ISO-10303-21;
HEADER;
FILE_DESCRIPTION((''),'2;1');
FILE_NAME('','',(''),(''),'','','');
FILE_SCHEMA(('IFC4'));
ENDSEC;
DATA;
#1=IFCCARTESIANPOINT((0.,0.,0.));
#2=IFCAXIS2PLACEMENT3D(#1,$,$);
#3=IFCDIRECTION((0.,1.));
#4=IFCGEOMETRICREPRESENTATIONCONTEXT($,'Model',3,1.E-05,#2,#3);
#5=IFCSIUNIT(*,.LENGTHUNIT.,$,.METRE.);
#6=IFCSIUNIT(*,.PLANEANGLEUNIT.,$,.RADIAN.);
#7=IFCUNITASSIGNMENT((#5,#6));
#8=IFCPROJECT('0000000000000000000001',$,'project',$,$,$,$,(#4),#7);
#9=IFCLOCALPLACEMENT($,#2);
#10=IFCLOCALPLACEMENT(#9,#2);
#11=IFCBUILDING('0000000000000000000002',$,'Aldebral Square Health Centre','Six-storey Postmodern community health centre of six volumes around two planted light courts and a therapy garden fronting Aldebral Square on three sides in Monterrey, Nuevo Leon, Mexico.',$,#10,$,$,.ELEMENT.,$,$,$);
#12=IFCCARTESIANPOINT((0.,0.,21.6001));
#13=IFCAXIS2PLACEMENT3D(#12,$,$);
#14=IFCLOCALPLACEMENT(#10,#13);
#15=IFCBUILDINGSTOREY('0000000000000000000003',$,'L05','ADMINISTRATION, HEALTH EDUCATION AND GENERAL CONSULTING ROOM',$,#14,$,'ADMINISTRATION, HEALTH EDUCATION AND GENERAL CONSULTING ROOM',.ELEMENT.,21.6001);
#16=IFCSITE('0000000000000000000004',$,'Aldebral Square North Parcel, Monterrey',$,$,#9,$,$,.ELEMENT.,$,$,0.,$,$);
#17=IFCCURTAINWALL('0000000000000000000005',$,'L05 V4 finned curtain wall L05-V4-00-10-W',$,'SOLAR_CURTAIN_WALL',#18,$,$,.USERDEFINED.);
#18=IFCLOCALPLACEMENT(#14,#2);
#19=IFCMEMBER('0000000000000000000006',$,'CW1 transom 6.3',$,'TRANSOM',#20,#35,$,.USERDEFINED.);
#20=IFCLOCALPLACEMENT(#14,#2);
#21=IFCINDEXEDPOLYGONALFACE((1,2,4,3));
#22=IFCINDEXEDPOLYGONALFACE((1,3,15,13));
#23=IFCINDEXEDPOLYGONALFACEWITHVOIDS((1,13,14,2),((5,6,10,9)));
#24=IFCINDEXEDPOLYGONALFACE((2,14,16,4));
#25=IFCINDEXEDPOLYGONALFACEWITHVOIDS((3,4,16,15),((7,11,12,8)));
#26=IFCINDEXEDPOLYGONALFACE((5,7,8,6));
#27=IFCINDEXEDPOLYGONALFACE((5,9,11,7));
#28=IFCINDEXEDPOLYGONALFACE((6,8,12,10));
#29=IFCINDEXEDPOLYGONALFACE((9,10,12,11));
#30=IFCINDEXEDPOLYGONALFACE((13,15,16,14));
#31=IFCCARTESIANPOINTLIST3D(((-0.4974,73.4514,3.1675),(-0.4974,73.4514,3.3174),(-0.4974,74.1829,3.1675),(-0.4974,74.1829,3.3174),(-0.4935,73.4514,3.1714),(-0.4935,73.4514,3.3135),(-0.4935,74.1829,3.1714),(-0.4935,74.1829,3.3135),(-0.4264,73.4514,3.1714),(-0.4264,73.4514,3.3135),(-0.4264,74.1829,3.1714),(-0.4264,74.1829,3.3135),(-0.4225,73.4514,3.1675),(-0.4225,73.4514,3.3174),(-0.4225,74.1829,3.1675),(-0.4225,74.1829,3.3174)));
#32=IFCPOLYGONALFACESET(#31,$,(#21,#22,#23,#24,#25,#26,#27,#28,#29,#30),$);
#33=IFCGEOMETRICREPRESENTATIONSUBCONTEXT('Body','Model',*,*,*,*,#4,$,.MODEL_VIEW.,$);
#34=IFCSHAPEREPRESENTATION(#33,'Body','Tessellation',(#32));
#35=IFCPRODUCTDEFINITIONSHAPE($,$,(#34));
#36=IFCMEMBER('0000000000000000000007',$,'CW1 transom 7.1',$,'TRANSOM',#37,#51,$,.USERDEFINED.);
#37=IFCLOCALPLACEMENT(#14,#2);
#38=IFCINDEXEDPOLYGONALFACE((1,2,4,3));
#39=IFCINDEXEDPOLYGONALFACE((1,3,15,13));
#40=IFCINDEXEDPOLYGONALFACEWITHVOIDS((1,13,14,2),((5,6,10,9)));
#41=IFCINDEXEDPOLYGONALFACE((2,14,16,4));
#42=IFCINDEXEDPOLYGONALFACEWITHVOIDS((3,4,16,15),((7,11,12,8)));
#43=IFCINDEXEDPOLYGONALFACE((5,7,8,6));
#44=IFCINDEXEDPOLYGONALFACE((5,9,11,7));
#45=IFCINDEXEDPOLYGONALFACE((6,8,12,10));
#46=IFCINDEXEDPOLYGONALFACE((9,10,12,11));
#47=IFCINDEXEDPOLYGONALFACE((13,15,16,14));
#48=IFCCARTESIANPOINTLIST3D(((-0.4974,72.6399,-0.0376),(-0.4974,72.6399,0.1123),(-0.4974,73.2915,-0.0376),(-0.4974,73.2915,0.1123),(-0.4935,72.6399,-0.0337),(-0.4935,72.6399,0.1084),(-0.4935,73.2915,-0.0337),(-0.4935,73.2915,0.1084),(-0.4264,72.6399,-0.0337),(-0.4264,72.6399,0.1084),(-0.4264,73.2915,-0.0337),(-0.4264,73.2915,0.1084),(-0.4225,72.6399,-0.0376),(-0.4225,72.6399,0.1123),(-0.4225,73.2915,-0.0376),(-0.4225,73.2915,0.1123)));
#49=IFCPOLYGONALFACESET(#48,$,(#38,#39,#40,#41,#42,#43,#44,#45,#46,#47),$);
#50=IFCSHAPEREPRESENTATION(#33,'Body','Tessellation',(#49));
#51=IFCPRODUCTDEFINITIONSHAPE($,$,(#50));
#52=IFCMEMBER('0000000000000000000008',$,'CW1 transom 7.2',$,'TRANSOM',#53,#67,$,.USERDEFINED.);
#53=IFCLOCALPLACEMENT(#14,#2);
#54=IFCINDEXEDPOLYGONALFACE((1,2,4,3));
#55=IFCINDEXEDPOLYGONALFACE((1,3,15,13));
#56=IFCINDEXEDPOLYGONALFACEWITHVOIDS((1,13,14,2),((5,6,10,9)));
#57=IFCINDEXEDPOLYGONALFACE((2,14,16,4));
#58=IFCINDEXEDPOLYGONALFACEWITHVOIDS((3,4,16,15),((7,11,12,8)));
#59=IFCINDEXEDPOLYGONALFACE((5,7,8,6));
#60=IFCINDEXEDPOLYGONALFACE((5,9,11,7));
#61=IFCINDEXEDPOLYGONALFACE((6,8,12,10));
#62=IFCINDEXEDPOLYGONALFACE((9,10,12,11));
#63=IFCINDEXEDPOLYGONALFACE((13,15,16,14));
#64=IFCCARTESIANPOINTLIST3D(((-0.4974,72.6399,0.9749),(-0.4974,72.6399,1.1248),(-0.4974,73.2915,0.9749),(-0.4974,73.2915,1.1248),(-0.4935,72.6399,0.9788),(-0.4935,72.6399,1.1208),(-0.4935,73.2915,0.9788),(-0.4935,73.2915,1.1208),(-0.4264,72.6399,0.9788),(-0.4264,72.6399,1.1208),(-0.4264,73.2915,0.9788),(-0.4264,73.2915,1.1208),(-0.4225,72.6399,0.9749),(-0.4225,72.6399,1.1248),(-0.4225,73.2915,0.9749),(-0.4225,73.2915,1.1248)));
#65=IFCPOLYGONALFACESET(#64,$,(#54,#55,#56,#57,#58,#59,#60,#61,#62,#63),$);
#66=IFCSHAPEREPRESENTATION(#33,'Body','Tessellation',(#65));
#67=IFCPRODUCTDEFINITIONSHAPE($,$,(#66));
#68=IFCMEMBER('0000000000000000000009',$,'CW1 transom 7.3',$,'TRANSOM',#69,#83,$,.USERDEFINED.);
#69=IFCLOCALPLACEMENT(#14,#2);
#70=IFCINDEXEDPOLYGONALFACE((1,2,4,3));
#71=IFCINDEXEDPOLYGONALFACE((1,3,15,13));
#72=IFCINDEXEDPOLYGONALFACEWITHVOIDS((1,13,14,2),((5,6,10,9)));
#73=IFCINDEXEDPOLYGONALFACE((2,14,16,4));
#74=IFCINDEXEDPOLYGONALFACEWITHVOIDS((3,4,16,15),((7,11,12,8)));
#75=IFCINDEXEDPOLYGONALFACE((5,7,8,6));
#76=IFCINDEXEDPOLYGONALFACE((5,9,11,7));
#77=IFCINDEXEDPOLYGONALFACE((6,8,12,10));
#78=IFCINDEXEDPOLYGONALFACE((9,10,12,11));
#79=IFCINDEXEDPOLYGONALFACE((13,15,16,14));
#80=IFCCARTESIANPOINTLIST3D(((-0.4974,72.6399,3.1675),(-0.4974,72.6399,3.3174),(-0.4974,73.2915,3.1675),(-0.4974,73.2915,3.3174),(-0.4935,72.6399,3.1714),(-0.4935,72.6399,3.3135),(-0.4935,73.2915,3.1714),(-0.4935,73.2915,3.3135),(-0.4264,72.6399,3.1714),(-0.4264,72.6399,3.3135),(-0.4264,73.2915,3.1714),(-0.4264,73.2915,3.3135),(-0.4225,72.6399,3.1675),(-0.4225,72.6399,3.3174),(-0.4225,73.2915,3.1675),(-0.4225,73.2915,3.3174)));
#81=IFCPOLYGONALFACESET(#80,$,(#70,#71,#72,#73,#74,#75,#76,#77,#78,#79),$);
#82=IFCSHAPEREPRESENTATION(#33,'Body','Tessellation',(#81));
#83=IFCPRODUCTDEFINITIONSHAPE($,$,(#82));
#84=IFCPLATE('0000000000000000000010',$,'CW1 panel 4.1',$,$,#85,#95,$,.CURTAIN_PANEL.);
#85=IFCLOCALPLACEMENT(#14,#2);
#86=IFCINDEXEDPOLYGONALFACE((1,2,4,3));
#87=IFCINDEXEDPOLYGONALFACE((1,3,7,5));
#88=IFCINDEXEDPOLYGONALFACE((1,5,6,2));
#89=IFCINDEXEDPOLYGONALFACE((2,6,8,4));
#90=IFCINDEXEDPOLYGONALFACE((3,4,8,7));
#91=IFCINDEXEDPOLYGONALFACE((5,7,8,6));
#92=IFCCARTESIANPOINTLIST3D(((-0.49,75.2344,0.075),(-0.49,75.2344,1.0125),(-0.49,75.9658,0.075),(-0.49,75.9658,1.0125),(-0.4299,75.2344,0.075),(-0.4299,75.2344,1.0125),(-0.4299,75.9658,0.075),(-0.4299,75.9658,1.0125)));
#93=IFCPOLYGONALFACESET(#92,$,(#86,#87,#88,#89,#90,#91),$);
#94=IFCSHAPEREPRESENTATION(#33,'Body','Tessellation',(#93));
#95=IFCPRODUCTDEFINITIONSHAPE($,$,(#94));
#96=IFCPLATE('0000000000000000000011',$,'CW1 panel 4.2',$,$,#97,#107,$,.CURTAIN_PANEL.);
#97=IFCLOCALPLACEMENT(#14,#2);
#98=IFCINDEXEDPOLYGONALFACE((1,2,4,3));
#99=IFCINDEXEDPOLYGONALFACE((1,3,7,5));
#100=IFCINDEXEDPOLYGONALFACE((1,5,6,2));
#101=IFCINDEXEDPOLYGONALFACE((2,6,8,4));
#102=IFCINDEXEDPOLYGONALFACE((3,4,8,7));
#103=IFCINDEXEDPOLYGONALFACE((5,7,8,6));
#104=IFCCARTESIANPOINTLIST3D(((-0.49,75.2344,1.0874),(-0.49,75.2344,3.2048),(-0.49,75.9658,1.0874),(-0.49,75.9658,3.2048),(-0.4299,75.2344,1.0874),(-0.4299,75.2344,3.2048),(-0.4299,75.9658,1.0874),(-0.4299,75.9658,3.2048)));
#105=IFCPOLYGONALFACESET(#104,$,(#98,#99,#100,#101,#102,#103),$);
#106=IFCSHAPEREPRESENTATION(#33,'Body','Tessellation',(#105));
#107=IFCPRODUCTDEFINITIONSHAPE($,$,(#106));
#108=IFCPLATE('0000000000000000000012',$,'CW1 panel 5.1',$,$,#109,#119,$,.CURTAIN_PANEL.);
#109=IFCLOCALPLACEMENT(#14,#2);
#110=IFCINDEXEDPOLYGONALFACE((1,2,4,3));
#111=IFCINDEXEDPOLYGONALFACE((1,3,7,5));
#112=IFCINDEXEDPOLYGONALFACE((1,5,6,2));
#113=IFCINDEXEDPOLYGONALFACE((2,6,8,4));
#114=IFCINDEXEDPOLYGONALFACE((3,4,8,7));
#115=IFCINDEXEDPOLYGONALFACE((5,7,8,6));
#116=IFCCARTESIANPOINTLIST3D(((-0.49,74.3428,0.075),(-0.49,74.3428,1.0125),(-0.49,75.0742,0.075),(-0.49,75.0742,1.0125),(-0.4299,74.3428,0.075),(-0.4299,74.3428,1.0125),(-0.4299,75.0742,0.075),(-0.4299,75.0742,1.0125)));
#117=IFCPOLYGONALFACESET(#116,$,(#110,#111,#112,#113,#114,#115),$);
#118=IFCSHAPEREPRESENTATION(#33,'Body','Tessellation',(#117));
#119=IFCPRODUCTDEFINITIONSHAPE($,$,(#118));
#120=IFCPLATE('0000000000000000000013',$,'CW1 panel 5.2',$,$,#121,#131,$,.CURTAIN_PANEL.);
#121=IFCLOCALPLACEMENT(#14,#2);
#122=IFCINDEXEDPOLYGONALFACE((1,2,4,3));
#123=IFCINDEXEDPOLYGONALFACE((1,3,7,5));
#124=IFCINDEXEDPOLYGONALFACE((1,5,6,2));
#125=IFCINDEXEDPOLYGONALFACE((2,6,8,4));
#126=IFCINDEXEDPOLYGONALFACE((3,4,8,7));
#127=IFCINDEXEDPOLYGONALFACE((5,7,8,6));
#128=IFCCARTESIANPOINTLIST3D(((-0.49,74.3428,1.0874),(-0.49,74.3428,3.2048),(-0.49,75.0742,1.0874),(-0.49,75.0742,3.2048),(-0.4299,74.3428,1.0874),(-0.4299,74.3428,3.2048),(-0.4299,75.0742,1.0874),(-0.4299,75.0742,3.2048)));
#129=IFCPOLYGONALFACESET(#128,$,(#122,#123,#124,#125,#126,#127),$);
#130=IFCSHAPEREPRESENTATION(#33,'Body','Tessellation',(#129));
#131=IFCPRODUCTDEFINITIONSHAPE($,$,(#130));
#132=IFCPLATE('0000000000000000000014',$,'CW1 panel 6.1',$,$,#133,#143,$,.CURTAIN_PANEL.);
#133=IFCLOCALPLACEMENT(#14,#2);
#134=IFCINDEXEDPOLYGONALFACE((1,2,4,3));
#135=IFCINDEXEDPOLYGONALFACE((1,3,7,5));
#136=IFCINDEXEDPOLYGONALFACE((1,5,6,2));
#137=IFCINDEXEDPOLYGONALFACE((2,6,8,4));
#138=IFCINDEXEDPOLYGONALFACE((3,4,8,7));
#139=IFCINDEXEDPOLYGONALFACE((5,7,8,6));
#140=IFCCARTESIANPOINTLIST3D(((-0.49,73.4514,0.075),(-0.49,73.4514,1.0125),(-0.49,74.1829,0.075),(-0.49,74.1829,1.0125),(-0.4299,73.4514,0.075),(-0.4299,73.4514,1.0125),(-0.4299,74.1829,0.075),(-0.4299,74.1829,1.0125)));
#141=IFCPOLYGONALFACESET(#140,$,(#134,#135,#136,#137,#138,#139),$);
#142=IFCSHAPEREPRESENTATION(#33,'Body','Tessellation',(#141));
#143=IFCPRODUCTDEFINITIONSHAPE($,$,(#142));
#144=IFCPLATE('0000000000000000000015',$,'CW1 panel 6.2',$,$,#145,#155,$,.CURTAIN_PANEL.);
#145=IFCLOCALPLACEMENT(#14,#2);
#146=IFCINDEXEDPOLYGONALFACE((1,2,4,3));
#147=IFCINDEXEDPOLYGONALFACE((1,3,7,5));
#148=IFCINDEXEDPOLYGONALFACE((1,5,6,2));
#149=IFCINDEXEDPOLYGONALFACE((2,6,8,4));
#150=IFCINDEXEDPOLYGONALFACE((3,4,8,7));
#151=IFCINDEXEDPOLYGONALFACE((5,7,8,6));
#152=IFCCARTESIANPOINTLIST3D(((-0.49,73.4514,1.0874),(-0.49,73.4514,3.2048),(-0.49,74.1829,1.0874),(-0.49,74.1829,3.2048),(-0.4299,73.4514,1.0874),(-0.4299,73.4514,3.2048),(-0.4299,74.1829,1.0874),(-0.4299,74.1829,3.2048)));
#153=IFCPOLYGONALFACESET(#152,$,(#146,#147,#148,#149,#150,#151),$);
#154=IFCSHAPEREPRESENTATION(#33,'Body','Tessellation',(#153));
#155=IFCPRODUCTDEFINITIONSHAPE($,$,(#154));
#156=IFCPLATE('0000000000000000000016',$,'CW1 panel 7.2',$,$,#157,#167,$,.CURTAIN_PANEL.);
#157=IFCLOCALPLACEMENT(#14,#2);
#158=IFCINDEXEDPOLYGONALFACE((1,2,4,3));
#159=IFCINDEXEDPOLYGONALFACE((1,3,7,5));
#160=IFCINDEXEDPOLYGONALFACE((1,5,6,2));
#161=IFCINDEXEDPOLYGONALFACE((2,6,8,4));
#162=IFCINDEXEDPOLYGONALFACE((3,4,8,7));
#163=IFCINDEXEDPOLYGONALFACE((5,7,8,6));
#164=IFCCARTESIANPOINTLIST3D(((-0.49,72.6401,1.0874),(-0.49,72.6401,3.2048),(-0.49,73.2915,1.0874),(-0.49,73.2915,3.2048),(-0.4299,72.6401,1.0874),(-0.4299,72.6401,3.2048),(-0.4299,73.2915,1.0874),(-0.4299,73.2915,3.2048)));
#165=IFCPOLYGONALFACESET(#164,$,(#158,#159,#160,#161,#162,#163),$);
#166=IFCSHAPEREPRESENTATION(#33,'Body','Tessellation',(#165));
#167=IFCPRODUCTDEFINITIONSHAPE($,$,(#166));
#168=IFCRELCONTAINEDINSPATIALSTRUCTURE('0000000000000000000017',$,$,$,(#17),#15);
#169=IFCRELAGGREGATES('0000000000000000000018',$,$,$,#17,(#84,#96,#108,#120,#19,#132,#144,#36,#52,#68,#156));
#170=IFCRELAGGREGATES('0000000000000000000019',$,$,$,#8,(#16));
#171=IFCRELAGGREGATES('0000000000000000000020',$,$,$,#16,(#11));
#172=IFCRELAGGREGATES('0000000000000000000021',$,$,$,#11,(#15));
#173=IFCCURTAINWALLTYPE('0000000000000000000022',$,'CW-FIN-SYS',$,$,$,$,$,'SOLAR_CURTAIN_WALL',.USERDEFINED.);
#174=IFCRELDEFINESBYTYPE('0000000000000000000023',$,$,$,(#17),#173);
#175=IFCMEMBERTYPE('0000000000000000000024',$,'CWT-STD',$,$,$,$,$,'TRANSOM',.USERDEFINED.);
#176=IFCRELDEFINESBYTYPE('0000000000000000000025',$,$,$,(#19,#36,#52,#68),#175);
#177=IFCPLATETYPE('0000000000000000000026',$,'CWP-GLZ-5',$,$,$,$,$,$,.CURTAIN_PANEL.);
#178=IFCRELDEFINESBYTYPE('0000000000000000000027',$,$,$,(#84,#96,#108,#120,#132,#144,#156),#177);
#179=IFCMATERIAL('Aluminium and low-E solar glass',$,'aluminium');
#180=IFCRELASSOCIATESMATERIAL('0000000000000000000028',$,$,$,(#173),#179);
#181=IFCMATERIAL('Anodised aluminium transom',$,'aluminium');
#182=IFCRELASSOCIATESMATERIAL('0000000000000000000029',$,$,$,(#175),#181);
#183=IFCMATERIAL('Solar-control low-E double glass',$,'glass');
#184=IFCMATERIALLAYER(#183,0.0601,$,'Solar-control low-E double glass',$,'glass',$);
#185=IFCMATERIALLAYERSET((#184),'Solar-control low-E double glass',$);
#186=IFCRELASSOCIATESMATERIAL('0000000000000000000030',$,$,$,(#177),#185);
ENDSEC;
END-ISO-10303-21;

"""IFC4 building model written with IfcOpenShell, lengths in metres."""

from ifc_helpers import new_model, si_unit, direction, frame, origin, origin_2d, place, context, subcontext, project, spatial, rectangle, hollow_rectangle, extrude, material, layer, layer_set, material_profile, profile_set, type_object, element, aggregate, save


model = new_model("IFC4")

# Units and contexts
model_context = context("Model", 3, precision=1e-05, world=origin(), true_north=direction((0.0, 1.0)))
body_context = subcontext(model_context, "Body", "Model", "MODEL_VIEW")
ifc_project = project(units=[si_unit("LENGTHUNIT", "METRE"), si_unit("PLANEANGLEUNIT", "RADIAN")], contexts=[model_context])

# Site, building, storey
site_placement = place(None, origin())
site = spatial("IfcSite", under=ifc_project, at=site_placement, Name="Aldebral Square North Parcel, Monterrey", CompositionType="ELEMENT", RefElevation=0.0)
building_placement = place(site_placement, origin())
building = spatial("IfcBuilding", under=site, at=building_placement, Name="Aldebral Square Health Centre", Description="Six-storey Postmodern community health centre of six volumes around two planted light courts and a therapy garden fronting Aldebral Square on three sides in Monterrey, Nuevo Leon, Mexico.", CompositionType="ELEMENT")
storey_placement = place(building_placement, frame((0.0, 0.0, 21.6001)))
storey = spatial("IfcBuildingStorey", under=building, at=storey_placement, Name="L05", Description="ADMINISTRATION, HEALTH EDUCATION AND GENERAL CONSULTING ROOM", LongName="ADMINISTRATION, HEALTH EDUCATION AND GENERAL CONSULTING ROOM", CompositionType="ELEMENT", Elevation=21.6001)

# Curtain wall, members, plates
ifc_material_1 = material(Name="Aluminium and low-E solar glass", Category="aluminium")
curtain_wall_type = type_object("IfcCurtainWallType", Name="CW-FIN-SYS", ElementType="SOLAR_CURTAIN_WALL", PredefinedType="USERDEFINED", material=ifc_material_1)
curtain_wall_placement = place(storey_placement, origin())
curtain_wall = element("IfcCurtainWall", 1, at=curtain_wall_placement, inside=storey, type_object=curtain_wall_type, Name="L05 V4 finned curtain wall L05-V4-00-10-W", ObjectType="SOLAR_CURTAIN_WALL", PredefinedType="USERDEFINED")
ifc_material_2 = material(Name="Anodised aluminium transom", Category="aluminium")
ifc_material_profile_1 = material_profile(ifc_material_2, hollow_rectangle(XDim=0.075, YDim=0.1499, WallThickness=0.0039, at=origin_2d()), Name="CWT 75x150x4")
ifc_profile_set_1 = profile_set([ifc_material_profile_1], Name="Anodised aluminium transom")
member_type_1 = type_object("IfcMemberType", Name="CWT-STD", ElementType="TRANSOM", PredefinedType="USERDEFINED", material=ifc_profile_set_1)
member_1_placement = place(storey_placement, frame((-0.46, 74.1829, 3.2424), z_axis=(0.0, -1.0, 0.0), x_axis=(1.0, 0.0, 0.0)))
member_1 = element("IfcMember", 2, at=member_1_placement, type_object=member_type_1, Name="CW1 transom 6.3", ObjectType="TRANSOM", PredefinedType="USERDEFINED", context=body_context, shape_type="SweptSolid", body=[
    extrude(hollow_rectangle(XDim=0.075, YDim=0.1499, WallThickness=0.0039, at=origin_2d()), origin(), (0.0, 0.0, 1.0), 0.7314),
])
member_2_placement = place(storey_placement, frame((-0.46, 73.2915, 0.0374), z_axis=(0.0, -1.0, 0.0), x_axis=(1.0, 0.0, 0.0)))
member_2 = element("IfcMember", 3, at=member_2_placement, type_object=member_type_1, Name="CW1 transom 7.1", ObjectType="TRANSOM", PredefinedType="USERDEFINED", context=body_context, shape_type="SweptSolid", body=[
    extrude(hollow_rectangle(XDim=0.075, YDim=0.1499, WallThickness=0.0039, at=origin_2d()), origin(), (0.0, 0.0, 1.0), 0.6516),
])
member_3_placement = place(storey_placement, frame((-0.46, 73.2915, 1.0498), z_axis=(0.0, -1.0, 0.0), x_axis=(1.0, 0.0, 0.0)))
member_3 = element("IfcMember", 4, at=member_3_placement, type_object=member_type_1, Name="CW1 transom 7.2", ObjectType="TRANSOM", PredefinedType="USERDEFINED", context=body_context, shape_type="SweptSolid", body=[
    extrude(hollow_rectangle(XDim=0.075, YDim=0.1499, WallThickness=0.0039, at=origin_2d()), origin(), (0.0, 0.0, 1.0), 0.6516),
])
member_4_placement = place(storey_placement, frame((-0.46, 73.2915, 3.2424), z_axis=(0.0, -1.0, 0.0), x_axis=(1.0, 0.0, 0.0)))
member_4 = element("IfcMember", 5, at=member_4_placement, type_object=member_type_1, Name="CW1 transom 7.3", ObjectType="TRANSOM", PredefinedType="USERDEFINED", context=body_context, shape_type="SweptSolid", body=[
    extrude(hollow_rectangle(XDim=0.075, YDim=0.1499, WallThickness=0.0039, at=origin_2d()), origin(), (0.0, 0.0, 1.0), 0.6516),
])
ifc_material_3 = material(Name="Solar-control low-E double glass", Category="glass")
ifc_layer = layer(ifc_material_3, 0.0601, Name="Solar-control low-E double glass", Category="glass")
ifc_layer_set = layer_set([ifc_layer], Name="Solar-control low-E double glass")
plate_type = type_object("IfcPlateType", Name="CWP-GLZ-5", PredefinedType="CURTAIN_PANEL", material=ifc_layer_set)
plate_1_placement = place(storey_placement, frame((-0.46, 75.6001, 0.075), z_axis=(0.0, 0.0, 1.0), x_axis=(0.0, -1.0, 0.0)))
plate_1 = element("IfcPlate", 6, at=plate_1_placement, type_object=plate_type, Name="CW1 panel 4.1", PredefinedType="CURTAIN_PANEL", context=body_context, shape_type="SweptSolid", body=[
    extrude(rectangle(XDim=0.7314, YDim=0.0601, at=origin_2d()), origin(), (0.0, 0.0, 1.0), 0.9375),
])
plate_2_placement = place(storey_placement, frame((-0.46, 75.6001, 1.0874), z_axis=(0.0, 0.0, 1.0), x_axis=(0.0, -1.0, 0.0)))
plate_2 = element("IfcPlate", 7, at=plate_2_placement, type_object=plate_type, Name="CW1 panel 4.2", PredefinedType="CURTAIN_PANEL", context=body_context, shape_type="SweptSolid", body=[
    extrude(rectangle(XDim=0.7314, YDim=0.0601, at=origin_2d()), origin(), (0.0, 0.0, 1.0), 2.1174),
])
plate_3_placement = place(storey_placement, frame((-0.46, 74.7085, 0.075), z_axis=(0.0, 0.0, 1.0), x_axis=(0.0, -1.0, 0.0)))
plate_3 = element("IfcPlate", 8, at=plate_3_placement, type_object=plate_type, Name="CW1 panel 5.1", PredefinedType="CURTAIN_PANEL", context=body_context, shape_type="SweptSolid", body=[
    extrude(rectangle(XDim=0.7314, YDim=0.0601, at=origin_2d()), origin(), (0.0, 0.0, 1.0), 0.9375),
])
plate_4_placement = place(storey_placement, frame((-0.46, 74.7085, 1.0874), z_axis=(0.0, 0.0, 1.0), x_axis=(0.0, -1.0, 0.0)))
plate_4 = element("IfcPlate", 9, at=plate_4_placement, type_object=plate_type, Name="CW1 panel 5.2", PredefinedType="CURTAIN_PANEL", context=body_context, shape_type="SweptSolid", body=[
    extrude(rectangle(XDim=0.7314, YDim=0.0601, at=origin_2d()), origin(), (0.0, 0.0, 1.0), 2.1174),
])
plate_5_placement = place(storey_placement, frame((-0.46, 73.8171, 0.075), z_axis=(0.0, 0.0, 1.0), x_axis=(0.0, -1.0, 0.0)))
plate_5 = element("IfcPlate", 10, at=plate_5_placement, type_object=plate_type, Name="CW1 panel 6.1", PredefinedType="CURTAIN_PANEL", context=body_context, shape_type="SweptSolid", body=[
    extrude(rectangle(XDim=0.7314, YDim=0.0601, at=origin_2d()), origin(), (0.0, 0.0, 1.0), 0.9375),
])
plate_6_placement = place(storey_placement, frame((-0.46, 73.8171, 1.0874), z_axis=(0.0, 0.0, 1.0), x_axis=(0.0, -1.0, 0.0)))
plate_6 = element("IfcPlate", 11, at=plate_6_placement, type_object=plate_type, Name="CW1 panel 6.2", PredefinedType="CURTAIN_PANEL", context=body_context, shape_type="SweptSolid", body=[
    extrude(rectangle(XDim=0.7314, YDim=0.0601, at=origin_2d()), origin(), (0.0, 0.0, 1.0), 2.1174),
])
plate_7_placement = place(storey_placement, frame((-0.46, 72.9658, 1.0874), z_axis=(0.0, 0.0, 1.0), x_axis=(0.0, -1.0, 0.0)))
plate_7 = element("IfcPlate", 12, at=plate_7_placement, type_object=plate_type, Name="CW1 panel 7.2", PredefinedType="CURTAIN_PANEL", context=body_context, shape_type="SweptSolid", body=[
    extrude(rectangle(XDim=0.6514, YDim=0.0601, at=origin_2d()), origin(), (0.0, 0.0, 1.0), 2.1174),
])
aggregate(curtain_wall, [plate_1, plate_2, plate_3, plate_4, member_1, plate_5, plate_6, member_2, member_3, member_4, plate_7])

save(model, "model.ifc")
